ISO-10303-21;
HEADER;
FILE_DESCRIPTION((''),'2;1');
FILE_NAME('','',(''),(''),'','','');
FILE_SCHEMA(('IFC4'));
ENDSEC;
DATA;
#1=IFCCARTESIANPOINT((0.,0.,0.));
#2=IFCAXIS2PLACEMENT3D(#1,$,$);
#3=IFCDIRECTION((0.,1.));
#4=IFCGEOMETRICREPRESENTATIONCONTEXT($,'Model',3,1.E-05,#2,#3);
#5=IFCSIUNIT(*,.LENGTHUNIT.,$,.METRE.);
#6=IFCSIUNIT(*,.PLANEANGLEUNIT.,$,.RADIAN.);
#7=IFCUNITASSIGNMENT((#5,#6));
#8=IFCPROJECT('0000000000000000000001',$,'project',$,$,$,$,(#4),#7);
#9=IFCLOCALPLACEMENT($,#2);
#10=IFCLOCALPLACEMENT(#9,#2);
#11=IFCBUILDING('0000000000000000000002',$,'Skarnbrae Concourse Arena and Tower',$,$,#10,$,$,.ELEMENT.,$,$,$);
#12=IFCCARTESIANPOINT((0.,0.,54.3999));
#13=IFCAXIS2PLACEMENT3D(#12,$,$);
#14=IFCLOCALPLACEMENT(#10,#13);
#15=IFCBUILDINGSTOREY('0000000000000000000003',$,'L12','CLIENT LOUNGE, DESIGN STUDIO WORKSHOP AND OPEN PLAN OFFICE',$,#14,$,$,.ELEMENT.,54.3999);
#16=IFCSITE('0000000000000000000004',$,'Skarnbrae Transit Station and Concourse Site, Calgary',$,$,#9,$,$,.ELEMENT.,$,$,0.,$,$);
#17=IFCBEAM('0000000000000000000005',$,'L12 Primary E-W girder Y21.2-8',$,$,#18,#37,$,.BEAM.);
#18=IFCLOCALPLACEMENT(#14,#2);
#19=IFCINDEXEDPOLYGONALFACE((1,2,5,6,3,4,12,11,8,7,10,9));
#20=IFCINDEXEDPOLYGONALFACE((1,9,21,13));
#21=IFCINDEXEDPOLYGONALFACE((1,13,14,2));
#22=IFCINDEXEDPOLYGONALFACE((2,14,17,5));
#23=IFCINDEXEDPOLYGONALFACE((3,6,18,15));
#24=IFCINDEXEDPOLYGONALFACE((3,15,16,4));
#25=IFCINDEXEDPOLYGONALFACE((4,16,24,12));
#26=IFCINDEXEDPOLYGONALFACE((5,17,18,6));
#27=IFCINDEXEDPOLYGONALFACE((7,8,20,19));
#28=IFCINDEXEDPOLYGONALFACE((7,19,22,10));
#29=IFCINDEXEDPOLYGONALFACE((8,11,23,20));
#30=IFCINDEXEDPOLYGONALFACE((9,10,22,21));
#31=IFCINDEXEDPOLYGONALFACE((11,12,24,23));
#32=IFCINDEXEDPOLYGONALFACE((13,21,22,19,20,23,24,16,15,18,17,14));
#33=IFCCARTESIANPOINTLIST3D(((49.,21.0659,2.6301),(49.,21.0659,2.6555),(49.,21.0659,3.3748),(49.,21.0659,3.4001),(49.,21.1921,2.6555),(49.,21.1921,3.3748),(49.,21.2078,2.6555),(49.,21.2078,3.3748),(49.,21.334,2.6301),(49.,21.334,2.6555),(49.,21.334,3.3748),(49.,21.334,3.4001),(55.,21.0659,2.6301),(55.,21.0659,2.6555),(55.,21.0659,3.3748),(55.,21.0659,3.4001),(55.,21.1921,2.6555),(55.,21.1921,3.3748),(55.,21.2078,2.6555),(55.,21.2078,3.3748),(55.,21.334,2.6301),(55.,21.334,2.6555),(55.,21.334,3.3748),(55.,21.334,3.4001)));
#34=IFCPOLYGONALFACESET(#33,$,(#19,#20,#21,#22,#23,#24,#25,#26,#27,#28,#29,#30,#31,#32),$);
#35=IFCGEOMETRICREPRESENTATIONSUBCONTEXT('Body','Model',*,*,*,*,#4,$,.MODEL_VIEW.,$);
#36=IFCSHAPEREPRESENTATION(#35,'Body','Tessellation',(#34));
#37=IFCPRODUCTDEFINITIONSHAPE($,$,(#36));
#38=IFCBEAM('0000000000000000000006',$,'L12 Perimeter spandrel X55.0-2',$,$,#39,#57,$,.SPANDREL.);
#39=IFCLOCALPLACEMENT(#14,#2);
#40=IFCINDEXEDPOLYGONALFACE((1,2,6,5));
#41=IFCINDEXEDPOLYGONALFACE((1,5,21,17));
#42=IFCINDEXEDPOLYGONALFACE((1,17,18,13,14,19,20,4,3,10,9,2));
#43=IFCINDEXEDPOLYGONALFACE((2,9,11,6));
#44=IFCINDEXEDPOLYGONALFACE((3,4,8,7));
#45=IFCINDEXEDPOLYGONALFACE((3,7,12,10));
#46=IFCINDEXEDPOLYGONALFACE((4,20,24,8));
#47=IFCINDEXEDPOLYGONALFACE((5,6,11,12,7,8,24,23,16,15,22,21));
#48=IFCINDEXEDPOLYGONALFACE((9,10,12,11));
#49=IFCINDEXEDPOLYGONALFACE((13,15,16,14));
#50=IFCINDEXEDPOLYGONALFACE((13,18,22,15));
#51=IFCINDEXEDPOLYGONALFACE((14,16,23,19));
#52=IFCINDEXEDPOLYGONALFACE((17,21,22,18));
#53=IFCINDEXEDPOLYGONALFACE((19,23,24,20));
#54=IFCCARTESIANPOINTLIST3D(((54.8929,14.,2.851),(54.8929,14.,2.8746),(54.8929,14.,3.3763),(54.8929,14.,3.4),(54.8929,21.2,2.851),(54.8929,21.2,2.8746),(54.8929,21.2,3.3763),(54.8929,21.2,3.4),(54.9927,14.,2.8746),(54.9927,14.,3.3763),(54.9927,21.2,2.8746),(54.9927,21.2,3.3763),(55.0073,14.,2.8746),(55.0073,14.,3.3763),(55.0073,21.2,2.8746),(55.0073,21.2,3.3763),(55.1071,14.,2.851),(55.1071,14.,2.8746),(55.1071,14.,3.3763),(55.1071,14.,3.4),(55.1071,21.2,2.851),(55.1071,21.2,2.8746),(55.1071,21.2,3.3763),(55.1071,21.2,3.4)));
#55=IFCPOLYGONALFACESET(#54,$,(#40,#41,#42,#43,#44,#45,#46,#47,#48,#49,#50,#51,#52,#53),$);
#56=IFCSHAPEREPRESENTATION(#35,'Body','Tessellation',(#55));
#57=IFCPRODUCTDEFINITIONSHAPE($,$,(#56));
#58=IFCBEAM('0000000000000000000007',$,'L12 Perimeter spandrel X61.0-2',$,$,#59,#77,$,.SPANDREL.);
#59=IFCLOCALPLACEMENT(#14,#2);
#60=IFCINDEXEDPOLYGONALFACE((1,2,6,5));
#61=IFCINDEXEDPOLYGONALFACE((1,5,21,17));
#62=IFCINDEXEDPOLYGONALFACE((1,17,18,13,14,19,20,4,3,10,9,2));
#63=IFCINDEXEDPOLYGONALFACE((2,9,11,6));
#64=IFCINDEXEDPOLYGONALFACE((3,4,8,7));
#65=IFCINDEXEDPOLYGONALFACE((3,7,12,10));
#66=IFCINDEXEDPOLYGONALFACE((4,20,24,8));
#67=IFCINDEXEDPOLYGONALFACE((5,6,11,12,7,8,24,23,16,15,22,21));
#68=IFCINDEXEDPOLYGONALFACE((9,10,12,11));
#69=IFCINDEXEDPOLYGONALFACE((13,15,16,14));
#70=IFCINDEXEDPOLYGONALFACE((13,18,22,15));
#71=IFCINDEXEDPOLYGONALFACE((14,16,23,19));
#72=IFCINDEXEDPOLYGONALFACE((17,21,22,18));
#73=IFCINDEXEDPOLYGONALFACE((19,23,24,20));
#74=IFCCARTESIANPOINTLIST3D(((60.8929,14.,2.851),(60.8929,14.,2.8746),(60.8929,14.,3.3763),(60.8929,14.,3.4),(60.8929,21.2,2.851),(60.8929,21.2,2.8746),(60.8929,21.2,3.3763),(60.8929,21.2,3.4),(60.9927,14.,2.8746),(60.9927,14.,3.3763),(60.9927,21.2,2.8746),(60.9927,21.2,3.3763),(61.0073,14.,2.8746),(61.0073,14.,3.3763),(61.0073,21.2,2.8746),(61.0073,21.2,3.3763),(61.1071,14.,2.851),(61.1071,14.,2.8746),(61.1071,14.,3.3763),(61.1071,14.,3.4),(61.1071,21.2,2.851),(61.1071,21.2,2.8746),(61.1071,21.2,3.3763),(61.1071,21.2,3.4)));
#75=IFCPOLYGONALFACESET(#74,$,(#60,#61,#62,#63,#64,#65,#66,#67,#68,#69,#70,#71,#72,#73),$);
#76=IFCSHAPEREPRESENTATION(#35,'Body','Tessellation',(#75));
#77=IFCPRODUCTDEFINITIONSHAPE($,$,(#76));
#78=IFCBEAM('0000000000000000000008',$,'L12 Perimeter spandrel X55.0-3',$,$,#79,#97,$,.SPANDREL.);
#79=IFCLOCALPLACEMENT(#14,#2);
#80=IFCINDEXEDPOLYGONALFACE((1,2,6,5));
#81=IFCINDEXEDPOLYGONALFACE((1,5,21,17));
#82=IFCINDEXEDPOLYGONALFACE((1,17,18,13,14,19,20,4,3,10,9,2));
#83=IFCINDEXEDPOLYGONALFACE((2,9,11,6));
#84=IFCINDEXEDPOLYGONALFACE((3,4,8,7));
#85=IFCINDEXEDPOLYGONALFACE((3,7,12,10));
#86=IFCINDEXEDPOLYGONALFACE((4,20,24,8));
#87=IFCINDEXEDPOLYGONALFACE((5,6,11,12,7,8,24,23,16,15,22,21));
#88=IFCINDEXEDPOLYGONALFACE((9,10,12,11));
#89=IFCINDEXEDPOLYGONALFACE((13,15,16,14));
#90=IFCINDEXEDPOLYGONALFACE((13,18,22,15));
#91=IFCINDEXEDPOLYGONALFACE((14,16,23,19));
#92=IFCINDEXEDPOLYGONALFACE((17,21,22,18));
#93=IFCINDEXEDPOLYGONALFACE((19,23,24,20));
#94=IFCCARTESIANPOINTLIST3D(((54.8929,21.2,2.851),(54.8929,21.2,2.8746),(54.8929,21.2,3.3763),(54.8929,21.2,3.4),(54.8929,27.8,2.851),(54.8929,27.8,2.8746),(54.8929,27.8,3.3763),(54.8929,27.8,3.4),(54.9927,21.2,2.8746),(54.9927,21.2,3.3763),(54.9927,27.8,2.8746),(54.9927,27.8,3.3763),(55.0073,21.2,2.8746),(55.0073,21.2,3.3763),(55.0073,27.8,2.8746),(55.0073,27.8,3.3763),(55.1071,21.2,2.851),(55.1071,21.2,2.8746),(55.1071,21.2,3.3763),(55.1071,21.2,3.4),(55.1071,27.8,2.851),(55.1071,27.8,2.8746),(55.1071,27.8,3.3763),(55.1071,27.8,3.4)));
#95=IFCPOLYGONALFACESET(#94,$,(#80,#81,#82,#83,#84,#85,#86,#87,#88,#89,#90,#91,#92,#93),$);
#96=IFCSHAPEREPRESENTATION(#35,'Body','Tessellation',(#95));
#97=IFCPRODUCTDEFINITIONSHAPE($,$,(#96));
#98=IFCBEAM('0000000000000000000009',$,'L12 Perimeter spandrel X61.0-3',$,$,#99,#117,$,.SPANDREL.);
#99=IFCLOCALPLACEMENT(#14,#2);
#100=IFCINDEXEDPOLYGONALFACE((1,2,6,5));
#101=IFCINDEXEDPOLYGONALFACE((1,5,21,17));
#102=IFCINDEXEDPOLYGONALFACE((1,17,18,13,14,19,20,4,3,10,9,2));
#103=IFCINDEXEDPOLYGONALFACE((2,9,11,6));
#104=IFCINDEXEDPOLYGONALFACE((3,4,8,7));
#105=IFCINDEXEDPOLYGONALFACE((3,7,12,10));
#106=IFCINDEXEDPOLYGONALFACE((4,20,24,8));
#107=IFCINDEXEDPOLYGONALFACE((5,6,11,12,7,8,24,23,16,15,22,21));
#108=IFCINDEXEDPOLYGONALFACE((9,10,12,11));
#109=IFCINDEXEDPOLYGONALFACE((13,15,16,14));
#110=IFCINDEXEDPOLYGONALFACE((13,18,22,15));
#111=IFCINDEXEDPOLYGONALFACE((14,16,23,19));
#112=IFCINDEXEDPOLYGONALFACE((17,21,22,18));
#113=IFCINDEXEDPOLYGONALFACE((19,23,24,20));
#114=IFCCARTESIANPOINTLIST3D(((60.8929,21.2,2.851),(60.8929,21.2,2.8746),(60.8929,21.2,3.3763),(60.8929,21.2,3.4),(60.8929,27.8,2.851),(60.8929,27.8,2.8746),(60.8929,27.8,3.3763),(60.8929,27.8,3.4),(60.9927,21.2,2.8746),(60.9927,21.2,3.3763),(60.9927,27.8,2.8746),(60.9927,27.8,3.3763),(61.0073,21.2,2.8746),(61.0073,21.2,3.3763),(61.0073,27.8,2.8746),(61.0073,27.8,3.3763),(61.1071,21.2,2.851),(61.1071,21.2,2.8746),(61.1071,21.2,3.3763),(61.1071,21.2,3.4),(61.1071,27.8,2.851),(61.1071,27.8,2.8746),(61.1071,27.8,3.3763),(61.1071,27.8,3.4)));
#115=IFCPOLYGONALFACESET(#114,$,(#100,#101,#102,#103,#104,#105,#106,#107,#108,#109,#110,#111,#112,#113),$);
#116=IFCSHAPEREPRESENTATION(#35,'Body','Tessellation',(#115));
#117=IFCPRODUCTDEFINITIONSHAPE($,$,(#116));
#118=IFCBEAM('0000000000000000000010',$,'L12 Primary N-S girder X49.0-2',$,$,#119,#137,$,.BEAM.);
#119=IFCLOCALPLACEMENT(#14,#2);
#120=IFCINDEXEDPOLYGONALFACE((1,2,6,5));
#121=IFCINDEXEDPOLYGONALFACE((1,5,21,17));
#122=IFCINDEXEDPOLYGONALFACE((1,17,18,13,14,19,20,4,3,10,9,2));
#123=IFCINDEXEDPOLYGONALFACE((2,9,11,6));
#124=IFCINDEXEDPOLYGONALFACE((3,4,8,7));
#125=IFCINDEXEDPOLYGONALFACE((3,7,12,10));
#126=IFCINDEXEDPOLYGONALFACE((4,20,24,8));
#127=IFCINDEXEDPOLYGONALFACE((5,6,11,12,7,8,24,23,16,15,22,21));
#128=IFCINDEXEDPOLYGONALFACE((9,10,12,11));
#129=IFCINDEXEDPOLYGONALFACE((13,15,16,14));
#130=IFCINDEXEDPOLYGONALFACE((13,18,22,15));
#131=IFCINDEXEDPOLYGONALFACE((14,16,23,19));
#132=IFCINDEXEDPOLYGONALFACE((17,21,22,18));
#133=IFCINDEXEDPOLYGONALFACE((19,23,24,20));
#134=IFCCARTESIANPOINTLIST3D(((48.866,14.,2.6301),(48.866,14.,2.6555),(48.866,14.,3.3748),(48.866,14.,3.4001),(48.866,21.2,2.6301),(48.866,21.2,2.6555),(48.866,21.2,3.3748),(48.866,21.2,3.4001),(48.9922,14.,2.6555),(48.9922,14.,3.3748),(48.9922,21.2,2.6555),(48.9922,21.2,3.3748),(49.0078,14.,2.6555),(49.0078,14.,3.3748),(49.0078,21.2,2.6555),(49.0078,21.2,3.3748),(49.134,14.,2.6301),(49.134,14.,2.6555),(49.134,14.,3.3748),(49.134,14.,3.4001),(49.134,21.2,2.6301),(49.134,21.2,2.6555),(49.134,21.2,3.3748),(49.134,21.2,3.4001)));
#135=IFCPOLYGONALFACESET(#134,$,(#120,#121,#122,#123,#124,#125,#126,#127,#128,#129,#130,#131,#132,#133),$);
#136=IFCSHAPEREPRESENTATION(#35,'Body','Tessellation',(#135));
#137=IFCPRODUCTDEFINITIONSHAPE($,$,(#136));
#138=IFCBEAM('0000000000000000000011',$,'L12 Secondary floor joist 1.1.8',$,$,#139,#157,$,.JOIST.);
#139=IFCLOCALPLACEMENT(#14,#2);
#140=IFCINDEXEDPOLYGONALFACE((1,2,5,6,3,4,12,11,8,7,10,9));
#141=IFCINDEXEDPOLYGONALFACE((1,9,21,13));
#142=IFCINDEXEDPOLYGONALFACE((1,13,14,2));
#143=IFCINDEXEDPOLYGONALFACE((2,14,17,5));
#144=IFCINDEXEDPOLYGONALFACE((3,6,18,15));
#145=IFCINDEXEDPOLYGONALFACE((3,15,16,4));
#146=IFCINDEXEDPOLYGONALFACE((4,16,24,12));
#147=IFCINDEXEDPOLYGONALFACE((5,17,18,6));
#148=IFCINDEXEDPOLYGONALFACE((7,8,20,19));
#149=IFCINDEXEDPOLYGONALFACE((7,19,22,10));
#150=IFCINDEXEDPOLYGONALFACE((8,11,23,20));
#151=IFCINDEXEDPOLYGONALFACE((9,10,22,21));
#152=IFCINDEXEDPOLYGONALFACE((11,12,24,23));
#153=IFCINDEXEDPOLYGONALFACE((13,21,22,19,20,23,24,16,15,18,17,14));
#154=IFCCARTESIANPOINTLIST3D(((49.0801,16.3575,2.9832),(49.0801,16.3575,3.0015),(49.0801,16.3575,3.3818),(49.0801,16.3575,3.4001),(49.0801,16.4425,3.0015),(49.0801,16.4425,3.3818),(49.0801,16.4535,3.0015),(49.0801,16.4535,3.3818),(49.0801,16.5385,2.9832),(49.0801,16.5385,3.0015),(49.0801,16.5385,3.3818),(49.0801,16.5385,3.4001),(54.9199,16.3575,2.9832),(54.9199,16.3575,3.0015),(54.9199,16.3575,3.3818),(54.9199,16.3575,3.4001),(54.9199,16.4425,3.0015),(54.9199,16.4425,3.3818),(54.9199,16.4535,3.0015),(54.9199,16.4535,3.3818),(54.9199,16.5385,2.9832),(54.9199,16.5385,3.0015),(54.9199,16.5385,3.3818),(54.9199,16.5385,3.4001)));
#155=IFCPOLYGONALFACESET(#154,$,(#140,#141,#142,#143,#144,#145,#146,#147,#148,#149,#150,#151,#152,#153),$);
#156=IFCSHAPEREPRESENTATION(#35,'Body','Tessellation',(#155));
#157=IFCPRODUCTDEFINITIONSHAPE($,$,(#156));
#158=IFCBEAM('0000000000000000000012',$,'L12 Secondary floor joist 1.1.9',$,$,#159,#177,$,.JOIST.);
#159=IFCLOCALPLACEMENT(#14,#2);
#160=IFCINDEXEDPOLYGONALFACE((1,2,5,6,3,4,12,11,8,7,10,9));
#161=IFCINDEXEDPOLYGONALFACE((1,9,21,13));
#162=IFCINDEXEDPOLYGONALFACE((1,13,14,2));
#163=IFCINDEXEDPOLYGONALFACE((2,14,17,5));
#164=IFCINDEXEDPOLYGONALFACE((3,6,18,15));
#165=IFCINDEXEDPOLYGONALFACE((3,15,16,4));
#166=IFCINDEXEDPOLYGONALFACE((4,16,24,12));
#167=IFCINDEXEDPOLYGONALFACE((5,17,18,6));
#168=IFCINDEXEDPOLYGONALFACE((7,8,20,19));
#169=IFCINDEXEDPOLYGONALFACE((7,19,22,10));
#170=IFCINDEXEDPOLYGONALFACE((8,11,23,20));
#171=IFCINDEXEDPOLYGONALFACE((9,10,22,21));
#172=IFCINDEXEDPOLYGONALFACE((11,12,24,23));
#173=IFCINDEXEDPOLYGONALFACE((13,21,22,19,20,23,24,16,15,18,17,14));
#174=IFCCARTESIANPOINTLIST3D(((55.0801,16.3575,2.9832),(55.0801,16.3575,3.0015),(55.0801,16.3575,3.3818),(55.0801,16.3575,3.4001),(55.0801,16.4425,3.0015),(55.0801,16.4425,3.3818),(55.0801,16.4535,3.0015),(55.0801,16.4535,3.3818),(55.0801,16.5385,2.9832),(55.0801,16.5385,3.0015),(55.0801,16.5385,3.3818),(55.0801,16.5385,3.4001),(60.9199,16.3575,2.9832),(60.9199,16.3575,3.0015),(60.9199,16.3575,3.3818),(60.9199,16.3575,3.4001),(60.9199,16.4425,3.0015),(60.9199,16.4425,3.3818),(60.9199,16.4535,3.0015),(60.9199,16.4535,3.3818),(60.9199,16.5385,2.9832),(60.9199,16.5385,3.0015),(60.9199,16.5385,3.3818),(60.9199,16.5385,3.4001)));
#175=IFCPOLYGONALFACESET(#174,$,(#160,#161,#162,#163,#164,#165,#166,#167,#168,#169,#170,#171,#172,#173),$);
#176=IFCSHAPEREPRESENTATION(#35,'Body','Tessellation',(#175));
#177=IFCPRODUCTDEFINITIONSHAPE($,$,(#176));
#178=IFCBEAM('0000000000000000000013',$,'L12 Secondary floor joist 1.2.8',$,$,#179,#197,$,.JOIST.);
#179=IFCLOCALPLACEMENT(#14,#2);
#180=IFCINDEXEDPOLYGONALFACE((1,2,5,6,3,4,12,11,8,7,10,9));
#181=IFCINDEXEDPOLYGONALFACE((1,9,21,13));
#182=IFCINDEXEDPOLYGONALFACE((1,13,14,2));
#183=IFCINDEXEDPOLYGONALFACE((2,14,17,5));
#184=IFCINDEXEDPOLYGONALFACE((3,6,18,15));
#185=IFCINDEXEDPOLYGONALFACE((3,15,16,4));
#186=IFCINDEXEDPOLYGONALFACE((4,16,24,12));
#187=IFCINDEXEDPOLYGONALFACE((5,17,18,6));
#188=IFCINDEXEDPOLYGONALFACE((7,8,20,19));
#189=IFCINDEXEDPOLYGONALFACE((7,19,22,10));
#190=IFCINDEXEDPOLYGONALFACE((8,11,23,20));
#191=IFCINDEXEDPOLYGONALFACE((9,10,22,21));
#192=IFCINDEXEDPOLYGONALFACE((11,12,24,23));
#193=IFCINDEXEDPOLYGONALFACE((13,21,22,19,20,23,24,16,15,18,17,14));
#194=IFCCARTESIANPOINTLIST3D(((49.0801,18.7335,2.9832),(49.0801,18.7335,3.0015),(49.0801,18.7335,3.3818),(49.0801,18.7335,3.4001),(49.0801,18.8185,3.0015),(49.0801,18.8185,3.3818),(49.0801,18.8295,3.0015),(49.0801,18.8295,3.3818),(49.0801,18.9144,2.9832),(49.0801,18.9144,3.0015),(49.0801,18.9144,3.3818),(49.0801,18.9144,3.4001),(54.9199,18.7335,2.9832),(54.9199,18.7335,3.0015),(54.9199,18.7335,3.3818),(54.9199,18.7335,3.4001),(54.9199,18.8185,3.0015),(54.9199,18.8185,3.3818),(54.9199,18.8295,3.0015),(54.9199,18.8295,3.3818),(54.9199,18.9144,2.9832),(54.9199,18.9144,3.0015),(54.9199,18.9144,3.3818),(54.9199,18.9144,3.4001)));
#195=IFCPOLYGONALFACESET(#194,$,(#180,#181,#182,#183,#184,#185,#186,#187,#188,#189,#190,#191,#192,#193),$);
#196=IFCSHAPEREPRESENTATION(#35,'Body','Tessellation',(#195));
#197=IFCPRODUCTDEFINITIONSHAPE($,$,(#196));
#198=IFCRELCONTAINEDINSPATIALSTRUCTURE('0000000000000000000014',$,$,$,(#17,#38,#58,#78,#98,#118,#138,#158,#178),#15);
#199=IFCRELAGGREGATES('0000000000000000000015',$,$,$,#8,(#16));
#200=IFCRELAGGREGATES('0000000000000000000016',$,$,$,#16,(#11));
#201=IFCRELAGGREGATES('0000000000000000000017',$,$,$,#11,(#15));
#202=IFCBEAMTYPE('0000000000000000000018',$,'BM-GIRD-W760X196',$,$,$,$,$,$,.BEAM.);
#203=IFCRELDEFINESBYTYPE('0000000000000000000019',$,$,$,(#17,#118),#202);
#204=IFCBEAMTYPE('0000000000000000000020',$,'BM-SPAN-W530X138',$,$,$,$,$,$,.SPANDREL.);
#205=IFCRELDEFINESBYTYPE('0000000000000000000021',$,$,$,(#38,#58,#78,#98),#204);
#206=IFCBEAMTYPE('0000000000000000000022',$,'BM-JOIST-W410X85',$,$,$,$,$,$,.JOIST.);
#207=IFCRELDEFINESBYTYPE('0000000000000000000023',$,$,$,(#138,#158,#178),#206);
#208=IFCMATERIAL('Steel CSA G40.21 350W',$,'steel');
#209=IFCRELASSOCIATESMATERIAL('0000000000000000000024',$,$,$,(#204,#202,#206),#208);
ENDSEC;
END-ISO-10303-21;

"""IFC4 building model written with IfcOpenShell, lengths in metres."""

from ifc_helpers import new_model, si_unit, direction, frame, origin, origin_2d, place, context, subcontext, project, spatial, i_section, extrude, source, transform, mapped, material, material_profile, profile_set, type_object, element, save


model = new_model("IFC4")

# Units and contexts
model_context = context("Model", 3, precision=1e-05, world=origin(), true_north=direction((0.0, 1.0)))
body_context = subcontext(model_context, "Body", "Model", "MODEL_VIEW")
ifc_project = project(units=[si_unit("LENGTHUNIT", "METRE"), si_unit("PLANEANGLEUNIT", "RADIAN")], contexts=[model_context])

# Site, building, storey
site_placement = place(None, origin())
site = spatial("IfcSite", under=ifc_project, at=site_placement, Name="Skarnbrae Transit Station and Concourse Site, Calgary", CompositionType="ELEMENT", RefElevation=0.0)
building_placement = place(site_placement, origin())
building = spatial("IfcBuilding", under=site, at=building_placement, Name="Skarnbrae Concourse Arena and Tower", CompositionType="ELEMENT")
storey_placement = place(building_placement, frame((0.0, 0.0, 54.3999)))
storey = spatial("IfcBuildingStorey", under=building, at=storey_placement, Name="L12", Description="CLIENT LOUNGE, DESIGN STUDIO WORKSHOP AND OPEN PLAN OFFICE", CompositionType="ELEMENT", Elevation=54.3999)

# Shared definitions
ifc_material_1 = material(Name="Steel CSA G40.21 350W", Category="steel")

# Beams
ifc_material_profile_1 = material_profile(ifc_material_1, i_section(OverallWidth=0.2141, OverallDepth=0.5491, WebThickness=0.0146, FlangeThickness=0.0237, at=origin_2d()), Name="W530X138")
ifc_profile_set_1 = profile_set([ifc_material_profile_1], Name="Steel CSA G40.21 350W")
beam_type_1 = type_object("IfcBeamType", Name="BM-SPAN-W530X138", PredefinedType="SPANDREL", material=ifc_profile_set_1)
ifc_material_profile_2 = material_profile(ifc_material_1, i_section(OverallWidth=0.2681, OverallDepth=0.77, WebThickness=0.0156, FlangeThickness=0.0254, at=origin_2d()), Name="W760X196")
ifc_profile_set_2 = profile_set([ifc_material_profile_2], Name="Steel CSA G40.21 350W")
beam_type_2 = type_object("IfcBeamType", Name="BM-GIRD-W760X196", PredefinedType="BEAM", material=ifc_profile_set_2)
shared_shape_1 = source(origin(), body_context, "Body", "SweptSolid", [
    extrude(i_section(OverallWidth=0.2681, OverallDepth=0.77, WebThickness=0.0156, FlangeThickness=0.0254, at=origin_2d()), origin(), (0.0, 0.0, 1.0), 6.0),
])
beam_1_placement = place(storey_placement, frame((49.0, 21.2, 3.0151), z_axis=(1.0, 0.0, 0.0), x_axis=(0.0, 1.0, 0.0)))
element("IfcBeam", 1, at=beam_1_placement, inside=storey, type_object=beam_type_2, Name="L12 Primary E-W girder Y21.2-8", PredefinedType="BEAM", context=body_context, shape_type="MappedRepresentation", body=[
    mapped(shared_shape_1, transform((0.0, 0.0, 0.0))),
])
shared_shape_2 = source(origin(), body_context, "Body", "SweptSolid", [
    extrude(i_section(OverallWidth=0.2141, OverallDepth=0.5491, WebThickness=0.0146, FlangeThickness=0.0237, at=origin_2d()), origin(), (0.0, 0.0, 1.0), 7.2),
])
for number, where, z_axis, x_axis, name in (
    (2, (55.0, 14.0, 3.1255), (0.0, 1.0, 0.0), (-1.0, 0.0, 0.0), "L12 Perimeter spandrel X55.0-2"),
    (3, (61.0, 14.0, 3.1255), (0.0, 1.0, 0.0), (-1.0, 0.0, 0.0), "L12 Perimeter spandrel X61.0-2"),
):
    element("IfcBeam", number, at=place(storey_placement, frame(where, z_axis=z_axis, x_axis=x_axis)), inside=storey, type_object=beam_type_1, Name=name, PredefinedType="SPANDREL", context=body_context, shape_type="MappedRepresentation", body=[
        mapped(shared_shape_2, transform((0.0, 0.0, 0.0))),
    ])
shared_shape_3 = source(origin(), body_context, "Body", "SweptSolid", [
    extrude(i_section(OverallWidth=0.2141, OverallDepth=0.5491, WebThickness=0.0146, FlangeThickness=0.0237, at=origin_2d()), origin(), (0.0, 0.0, 1.0), 6.6001),
])
for number, where, z_axis, x_axis, name in (
    (4, (55.0, 21.2, 3.1255), (0.0, 1.0, 0.0), (-1.0, 0.0, 0.0), "L12 Perimeter spandrel X55.0-3"),
    (5, (61.0, 21.2, 3.1255), (0.0, 1.0, 0.0), (-1.0, 0.0, 0.0), "L12 Perimeter spandrel X61.0-3"),
):
    element("IfcBeam", number, at=place(storey_placement, frame(where, z_axis=z_axis, x_axis=x_axis)), inside=storey, type_object=beam_type_1, Name=name, PredefinedType="SPANDREL", context=body_context, shape_type="MappedRepresentation", body=[
        mapped(shared_shape_3, transform((0.0, 0.0, 0.0))),
    ])
shared_shape_4 = source(origin(), body_context, "Body", "SweptSolid", [
    extrude(i_section(OverallWidth=0.2681, OverallDepth=0.77, WebThickness=0.0156, FlangeThickness=0.0254, at=origin_2d()), origin(), (0.0, 0.0, 1.0), 7.2),
])
beam_2_placement = place(storey_placement, frame((49.0, 14.0, 3.0151), z_axis=(0.0, 1.0, 0.0), x_axis=(-1.0, 0.0, 0.0)))
element("IfcBeam", 6, at=beam_2_placement, inside=storey, type_object=beam_type_2, Name="L12 Primary N-S girder X49.0-2", PredefinedType="BEAM", context=body_context, shape_type="MappedRepresentation", body=[
    mapped(shared_shape_4, transform((0.0, 0.0, 0.0))),
])
ifc_material_profile_3 = material_profile(ifc_material_1, i_section(OverallWidth=0.1809, OverallDepth=0.417, WebThickness=0.011, FlangeThickness=0.0183, at=origin_2d()), Name="W410X85")
ifc_profile_set_3 = profile_set([ifc_material_profile_3], Name="Steel CSA G40.21 350W")
beam_type_3 = type_object("IfcBeamType", Name="BM-JOIST-W410X85", PredefinedType="JOIST", material=ifc_profile_set_3)
shared_shape_5 = source(origin(), body_context, "Body", "SweptSolid", [
    extrude(i_section(OverallWidth=0.1809, OverallDepth=0.417, WebThickness=0.011, FlangeThickness=0.0183, at=origin_2d()), origin(), (0.0, 0.0, 1.0), 5.8398),
])
for number, where, z_axis, x_axis, name in (
    (7, (49.0801, 16.448, 3.1917), (1.0, 0.0, 0.0), (0.0, 1.0, 0.0), "L12 Secondary floor joist 1.1.8"),
    (8, (55.0801, 16.448, 3.1917), (1.0, 0.0, 0.0), (0.0, 1.0, 0.0), "L12 Secondary floor joist 1.1.9"),
    (9, (49.0801, 18.824, 3.1917), (1.0, 0.0, 0.0), (0.0, 1.0, 0.0), "L12 Secondary floor joist 1.2.8"),
):
    element("IfcBeam", number, at=place(storey_placement, frame(where, z_axis=z_axis, x_axis=x_axis)), inside=storey, type_object=beam_type_3, Name=name, PredefinedType="JOIST", context=body_context, shape_type="MappedRepresentation", body=[
        mapped(shared_shape_5, transform((0.0, 0.0, 0.0))),
    ])

save(model, "model.ifc")
